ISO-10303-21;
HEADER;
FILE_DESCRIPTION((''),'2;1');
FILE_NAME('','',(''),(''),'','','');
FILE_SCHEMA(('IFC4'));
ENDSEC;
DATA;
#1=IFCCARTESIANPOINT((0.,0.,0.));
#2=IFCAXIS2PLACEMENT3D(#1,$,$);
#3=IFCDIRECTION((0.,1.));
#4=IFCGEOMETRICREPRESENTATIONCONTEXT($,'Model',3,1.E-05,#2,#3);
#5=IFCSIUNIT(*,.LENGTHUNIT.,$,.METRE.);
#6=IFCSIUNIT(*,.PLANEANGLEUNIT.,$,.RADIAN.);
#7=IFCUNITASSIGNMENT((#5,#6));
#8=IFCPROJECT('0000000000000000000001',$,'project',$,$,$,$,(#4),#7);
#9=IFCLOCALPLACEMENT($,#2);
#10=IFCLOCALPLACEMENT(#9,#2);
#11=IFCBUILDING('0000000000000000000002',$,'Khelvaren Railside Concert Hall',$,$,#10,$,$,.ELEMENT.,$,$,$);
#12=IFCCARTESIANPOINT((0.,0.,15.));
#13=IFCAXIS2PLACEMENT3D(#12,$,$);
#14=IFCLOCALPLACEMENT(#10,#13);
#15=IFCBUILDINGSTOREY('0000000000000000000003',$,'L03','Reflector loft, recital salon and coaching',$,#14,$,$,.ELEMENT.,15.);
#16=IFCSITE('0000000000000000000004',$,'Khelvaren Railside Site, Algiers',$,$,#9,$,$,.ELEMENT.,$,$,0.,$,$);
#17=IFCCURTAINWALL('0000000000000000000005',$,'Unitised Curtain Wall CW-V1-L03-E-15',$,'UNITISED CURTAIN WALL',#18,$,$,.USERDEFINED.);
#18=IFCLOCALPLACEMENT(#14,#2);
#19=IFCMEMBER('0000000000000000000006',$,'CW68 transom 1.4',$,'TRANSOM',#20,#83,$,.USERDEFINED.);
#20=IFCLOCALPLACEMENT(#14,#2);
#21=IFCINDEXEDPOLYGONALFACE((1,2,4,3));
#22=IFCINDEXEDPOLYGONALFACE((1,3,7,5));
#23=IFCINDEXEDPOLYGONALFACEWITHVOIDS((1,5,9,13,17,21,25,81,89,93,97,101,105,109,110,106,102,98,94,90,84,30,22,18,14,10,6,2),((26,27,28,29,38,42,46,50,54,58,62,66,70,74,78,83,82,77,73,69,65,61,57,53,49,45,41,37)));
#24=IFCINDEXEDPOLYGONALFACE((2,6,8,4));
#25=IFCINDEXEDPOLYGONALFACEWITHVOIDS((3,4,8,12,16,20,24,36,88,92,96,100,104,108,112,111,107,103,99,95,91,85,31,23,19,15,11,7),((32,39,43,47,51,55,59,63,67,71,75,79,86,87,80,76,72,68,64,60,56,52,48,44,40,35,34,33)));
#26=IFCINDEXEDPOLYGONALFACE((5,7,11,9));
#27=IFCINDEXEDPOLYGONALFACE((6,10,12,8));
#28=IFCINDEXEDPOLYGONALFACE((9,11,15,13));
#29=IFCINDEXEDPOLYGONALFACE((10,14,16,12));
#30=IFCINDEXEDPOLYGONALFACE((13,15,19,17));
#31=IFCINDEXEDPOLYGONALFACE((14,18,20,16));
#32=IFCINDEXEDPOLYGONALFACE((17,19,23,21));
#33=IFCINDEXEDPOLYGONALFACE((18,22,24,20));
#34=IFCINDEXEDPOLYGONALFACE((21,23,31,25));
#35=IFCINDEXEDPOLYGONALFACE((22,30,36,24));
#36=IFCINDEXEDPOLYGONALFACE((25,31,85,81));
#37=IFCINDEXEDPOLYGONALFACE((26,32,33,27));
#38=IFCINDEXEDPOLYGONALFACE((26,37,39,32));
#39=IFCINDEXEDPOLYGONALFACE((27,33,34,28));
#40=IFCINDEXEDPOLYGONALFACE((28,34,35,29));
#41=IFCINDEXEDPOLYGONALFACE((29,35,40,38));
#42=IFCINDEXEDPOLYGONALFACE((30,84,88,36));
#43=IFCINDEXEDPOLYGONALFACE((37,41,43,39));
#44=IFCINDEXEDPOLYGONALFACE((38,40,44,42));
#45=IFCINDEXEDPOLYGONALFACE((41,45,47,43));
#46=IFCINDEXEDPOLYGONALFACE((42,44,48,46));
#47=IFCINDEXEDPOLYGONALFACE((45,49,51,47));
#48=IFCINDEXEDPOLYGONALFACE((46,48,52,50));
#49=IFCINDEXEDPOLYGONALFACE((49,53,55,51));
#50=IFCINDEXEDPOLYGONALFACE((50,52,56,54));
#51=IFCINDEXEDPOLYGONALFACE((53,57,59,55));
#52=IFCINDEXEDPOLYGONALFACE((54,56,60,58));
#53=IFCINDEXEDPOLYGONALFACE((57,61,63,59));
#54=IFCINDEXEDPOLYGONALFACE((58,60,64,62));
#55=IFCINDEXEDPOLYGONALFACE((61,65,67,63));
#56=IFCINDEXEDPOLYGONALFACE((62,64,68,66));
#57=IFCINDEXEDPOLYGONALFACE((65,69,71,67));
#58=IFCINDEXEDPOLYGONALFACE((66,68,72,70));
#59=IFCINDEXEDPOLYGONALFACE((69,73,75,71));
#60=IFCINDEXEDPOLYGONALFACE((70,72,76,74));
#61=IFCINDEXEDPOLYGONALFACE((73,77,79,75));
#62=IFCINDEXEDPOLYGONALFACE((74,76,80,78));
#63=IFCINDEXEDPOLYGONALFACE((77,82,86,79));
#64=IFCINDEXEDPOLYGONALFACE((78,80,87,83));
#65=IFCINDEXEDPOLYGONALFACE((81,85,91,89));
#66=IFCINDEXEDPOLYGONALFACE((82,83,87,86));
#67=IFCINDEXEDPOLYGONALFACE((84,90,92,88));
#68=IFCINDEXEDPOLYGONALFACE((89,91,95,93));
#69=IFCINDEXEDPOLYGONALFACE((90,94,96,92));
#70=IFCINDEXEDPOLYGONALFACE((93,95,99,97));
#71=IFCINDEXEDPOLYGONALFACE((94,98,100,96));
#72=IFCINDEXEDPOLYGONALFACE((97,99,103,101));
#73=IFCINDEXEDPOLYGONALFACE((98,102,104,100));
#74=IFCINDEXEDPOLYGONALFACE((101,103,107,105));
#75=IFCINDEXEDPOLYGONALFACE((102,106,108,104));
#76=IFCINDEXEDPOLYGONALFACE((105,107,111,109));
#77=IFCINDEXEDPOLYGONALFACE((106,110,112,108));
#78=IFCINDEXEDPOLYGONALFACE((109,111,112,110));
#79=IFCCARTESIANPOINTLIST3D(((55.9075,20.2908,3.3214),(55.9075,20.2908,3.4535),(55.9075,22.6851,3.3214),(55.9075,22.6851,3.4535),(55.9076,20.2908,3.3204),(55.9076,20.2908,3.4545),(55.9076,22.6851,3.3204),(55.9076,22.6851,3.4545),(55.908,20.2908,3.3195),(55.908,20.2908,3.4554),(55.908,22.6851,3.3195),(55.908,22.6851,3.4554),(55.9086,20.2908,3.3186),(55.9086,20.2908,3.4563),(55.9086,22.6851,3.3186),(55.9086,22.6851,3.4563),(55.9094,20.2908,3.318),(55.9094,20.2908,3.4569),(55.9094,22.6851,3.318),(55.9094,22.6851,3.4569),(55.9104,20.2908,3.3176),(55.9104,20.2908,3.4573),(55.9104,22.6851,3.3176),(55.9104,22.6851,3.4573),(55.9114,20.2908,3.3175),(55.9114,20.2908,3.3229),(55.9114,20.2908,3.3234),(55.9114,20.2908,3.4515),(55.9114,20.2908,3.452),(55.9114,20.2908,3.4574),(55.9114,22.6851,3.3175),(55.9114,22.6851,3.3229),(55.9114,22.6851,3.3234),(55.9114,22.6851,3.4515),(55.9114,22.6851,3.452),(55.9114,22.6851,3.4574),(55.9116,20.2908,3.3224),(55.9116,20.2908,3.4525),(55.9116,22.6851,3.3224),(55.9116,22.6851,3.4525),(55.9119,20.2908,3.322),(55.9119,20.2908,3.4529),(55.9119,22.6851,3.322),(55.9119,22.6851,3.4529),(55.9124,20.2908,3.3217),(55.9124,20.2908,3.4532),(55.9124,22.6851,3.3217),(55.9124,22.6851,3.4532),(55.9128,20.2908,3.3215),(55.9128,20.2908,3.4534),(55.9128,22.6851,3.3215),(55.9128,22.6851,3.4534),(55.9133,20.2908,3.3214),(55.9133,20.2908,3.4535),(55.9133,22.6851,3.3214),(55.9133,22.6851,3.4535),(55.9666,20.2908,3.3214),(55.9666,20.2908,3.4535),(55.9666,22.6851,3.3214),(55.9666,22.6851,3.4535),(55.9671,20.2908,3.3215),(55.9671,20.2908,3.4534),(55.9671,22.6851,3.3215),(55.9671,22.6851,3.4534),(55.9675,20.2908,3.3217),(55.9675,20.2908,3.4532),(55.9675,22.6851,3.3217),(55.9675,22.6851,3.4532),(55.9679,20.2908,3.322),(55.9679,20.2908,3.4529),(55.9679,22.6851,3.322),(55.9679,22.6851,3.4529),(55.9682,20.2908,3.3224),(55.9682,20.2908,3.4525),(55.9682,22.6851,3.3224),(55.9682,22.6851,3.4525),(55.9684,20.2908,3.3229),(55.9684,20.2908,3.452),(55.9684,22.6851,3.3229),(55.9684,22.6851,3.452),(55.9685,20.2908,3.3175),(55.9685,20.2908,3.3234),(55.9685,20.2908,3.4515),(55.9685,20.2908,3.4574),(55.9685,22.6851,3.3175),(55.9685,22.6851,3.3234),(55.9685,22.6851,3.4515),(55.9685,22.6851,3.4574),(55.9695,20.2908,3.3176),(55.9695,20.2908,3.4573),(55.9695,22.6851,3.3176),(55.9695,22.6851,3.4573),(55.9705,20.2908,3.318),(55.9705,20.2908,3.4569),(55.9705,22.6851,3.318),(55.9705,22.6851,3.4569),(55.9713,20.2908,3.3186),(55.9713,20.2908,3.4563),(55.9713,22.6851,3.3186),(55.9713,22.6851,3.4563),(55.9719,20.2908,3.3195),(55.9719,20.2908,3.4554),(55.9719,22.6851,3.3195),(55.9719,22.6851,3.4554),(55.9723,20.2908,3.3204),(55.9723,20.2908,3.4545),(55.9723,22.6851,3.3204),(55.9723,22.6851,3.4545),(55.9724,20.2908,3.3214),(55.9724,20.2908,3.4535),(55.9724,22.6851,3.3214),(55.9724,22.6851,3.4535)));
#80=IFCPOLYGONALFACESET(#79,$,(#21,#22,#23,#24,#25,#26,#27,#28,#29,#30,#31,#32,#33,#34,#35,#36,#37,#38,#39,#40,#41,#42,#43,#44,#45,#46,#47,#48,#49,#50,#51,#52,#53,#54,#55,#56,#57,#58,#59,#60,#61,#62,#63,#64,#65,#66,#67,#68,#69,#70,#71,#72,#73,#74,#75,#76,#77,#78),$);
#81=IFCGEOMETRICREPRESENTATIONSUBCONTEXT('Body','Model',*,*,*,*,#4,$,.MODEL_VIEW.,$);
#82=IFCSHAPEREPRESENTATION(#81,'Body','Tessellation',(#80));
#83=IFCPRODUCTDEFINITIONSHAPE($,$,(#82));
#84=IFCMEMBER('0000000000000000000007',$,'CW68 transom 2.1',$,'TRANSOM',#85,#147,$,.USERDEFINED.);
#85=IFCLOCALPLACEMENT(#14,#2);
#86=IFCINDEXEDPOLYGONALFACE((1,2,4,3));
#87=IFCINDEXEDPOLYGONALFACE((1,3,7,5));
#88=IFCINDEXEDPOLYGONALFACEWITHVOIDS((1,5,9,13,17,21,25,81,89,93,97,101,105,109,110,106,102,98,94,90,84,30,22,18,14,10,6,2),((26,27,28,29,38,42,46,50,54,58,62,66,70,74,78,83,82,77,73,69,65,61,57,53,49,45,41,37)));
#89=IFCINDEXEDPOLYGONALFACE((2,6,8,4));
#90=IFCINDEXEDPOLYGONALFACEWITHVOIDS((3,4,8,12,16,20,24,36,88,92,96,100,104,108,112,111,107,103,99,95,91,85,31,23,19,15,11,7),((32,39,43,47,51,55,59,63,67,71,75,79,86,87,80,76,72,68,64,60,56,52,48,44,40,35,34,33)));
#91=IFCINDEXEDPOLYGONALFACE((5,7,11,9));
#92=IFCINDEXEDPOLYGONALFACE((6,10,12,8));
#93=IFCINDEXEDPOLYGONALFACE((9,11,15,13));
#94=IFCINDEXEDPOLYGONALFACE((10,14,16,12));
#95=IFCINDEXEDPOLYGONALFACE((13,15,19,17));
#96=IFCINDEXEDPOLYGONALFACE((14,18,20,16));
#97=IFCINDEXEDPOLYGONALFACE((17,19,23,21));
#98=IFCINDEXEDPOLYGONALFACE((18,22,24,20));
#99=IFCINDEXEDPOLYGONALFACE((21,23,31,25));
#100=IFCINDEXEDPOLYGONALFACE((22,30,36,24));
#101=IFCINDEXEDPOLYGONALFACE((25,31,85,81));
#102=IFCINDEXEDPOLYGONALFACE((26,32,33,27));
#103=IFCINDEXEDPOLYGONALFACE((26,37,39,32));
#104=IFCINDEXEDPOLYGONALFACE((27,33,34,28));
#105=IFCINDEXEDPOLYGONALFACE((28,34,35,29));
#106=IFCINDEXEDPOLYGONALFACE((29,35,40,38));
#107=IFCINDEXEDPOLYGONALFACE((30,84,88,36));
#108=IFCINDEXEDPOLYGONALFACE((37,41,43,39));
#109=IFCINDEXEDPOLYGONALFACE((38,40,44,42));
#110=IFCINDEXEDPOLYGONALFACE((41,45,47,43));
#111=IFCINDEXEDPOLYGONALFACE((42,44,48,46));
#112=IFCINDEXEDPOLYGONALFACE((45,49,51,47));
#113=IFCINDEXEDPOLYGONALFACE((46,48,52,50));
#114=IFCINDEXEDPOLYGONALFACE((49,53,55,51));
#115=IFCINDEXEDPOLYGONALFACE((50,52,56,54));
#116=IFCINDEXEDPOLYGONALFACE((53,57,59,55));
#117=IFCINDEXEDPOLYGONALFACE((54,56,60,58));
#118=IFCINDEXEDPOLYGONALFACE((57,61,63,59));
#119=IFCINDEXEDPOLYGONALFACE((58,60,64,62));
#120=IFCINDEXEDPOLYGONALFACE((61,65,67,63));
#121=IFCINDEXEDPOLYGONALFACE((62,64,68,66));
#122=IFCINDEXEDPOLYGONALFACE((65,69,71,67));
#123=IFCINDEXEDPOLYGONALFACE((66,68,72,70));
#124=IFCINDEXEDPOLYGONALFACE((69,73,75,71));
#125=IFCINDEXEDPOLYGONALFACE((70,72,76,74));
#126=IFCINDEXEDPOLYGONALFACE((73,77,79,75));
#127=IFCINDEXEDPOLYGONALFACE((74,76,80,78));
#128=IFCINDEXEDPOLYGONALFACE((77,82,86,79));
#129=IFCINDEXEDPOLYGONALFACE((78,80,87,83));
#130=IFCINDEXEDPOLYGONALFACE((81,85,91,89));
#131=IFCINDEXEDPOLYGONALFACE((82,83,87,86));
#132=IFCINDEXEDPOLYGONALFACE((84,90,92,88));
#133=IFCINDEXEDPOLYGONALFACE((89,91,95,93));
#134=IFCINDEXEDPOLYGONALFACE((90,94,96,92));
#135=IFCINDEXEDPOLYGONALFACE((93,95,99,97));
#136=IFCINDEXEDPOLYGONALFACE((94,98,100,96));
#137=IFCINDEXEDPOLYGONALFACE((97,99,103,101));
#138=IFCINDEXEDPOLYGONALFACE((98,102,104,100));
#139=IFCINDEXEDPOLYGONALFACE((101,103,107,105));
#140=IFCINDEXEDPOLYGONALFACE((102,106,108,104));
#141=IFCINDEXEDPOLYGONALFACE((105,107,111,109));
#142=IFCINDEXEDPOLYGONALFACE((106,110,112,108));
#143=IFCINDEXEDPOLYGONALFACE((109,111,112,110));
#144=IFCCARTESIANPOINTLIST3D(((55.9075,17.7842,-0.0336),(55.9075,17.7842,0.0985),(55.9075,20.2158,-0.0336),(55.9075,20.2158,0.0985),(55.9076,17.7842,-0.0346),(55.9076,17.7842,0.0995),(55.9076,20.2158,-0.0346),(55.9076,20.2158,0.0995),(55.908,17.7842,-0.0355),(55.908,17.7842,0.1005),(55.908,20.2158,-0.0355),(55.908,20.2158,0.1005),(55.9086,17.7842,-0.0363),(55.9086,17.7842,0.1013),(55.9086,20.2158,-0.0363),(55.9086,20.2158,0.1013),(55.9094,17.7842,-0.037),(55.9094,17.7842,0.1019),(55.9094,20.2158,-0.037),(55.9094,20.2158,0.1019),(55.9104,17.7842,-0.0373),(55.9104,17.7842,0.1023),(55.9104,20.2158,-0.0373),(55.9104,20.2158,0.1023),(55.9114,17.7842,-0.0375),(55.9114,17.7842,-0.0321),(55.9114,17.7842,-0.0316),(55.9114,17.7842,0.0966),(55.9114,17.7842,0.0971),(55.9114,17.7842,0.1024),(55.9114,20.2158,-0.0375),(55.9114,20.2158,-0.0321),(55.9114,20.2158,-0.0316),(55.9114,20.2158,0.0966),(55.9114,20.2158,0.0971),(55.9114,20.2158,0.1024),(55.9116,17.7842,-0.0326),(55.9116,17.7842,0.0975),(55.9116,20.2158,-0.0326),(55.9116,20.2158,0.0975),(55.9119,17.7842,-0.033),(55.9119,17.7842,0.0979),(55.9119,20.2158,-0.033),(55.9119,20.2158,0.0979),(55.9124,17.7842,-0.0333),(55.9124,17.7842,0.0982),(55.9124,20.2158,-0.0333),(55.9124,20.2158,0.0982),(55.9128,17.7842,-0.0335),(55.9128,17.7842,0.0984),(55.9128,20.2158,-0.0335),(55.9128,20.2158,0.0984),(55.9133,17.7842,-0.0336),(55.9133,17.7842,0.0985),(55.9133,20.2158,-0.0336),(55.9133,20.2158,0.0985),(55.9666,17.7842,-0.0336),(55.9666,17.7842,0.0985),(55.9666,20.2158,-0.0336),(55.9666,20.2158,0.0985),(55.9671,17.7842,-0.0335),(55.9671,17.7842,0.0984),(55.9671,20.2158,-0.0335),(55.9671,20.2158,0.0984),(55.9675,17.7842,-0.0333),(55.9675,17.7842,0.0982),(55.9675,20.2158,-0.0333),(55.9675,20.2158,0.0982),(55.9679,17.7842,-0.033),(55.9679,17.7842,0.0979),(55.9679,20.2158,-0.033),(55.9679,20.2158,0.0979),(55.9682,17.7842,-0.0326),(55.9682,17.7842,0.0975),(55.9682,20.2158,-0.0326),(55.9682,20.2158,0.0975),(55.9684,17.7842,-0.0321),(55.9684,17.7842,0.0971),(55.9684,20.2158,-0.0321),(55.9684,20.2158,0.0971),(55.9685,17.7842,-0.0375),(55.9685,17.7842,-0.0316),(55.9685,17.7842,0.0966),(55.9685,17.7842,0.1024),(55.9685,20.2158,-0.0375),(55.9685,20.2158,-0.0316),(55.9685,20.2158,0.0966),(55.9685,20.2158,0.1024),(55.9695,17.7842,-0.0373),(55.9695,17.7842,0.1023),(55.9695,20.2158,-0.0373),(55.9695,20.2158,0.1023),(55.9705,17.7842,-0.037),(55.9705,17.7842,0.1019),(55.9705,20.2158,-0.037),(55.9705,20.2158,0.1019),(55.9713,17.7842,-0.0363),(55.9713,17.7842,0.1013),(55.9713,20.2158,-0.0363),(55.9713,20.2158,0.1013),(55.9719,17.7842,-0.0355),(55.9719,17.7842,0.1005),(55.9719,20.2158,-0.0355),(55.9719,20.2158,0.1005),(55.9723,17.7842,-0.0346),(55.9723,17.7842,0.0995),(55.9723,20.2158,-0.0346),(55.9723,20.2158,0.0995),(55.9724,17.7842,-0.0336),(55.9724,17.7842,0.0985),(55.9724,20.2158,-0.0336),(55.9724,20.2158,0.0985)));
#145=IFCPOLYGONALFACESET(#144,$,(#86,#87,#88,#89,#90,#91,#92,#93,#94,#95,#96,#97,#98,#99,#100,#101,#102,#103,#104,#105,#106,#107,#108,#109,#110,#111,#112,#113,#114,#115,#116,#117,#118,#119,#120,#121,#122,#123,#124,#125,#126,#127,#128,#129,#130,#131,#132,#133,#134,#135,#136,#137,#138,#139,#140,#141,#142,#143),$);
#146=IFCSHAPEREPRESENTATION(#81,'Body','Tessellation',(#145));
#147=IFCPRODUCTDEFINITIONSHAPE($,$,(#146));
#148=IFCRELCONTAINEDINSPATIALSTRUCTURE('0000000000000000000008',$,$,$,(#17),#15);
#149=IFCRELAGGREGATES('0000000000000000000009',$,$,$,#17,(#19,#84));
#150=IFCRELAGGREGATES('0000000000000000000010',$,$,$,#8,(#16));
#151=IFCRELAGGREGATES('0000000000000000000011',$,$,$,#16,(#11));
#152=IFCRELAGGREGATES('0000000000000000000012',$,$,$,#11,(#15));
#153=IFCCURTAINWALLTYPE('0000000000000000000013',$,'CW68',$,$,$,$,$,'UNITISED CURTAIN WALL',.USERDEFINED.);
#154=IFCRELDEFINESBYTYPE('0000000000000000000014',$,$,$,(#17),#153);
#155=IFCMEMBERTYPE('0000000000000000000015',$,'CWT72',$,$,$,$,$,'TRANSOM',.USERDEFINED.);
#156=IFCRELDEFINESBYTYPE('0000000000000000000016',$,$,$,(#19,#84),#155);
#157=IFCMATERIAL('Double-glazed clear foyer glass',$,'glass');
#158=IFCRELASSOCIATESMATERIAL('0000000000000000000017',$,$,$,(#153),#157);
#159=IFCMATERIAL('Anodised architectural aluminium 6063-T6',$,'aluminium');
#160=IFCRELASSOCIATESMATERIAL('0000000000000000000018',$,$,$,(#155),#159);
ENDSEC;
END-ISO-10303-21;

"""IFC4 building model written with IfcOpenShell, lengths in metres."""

from ifc_helpers import new_model, si_unit, direction, frame, origin, origin_2d, place, context, subcontext, project, spatial, hollow_rectangle, extrude, material, material_profile, profile_set, type_object, element, aggregate, save


model = new_model("IFC4")

# Units and contexts
model_context = context("Model", 3, precision=1e-05, world=origin(), true_north=direction((0.0, 1.0)))
body_context = subcontext(model_context, "Body", "Model", "MODEL_VIEW")
ifc_project = project(units=[si_unit("LENGTHUNIT", "METRE"), si_unit("PLANEANGLEUNIT", "RADIAN")], contexts=[model_context])

# Site, building, storey
site_placement = place(None, origin())
site = spatial("IfcSite", under=ifc_project, at=site_placement, Name="Khelvaren Railside Site, Algiers", CompositionType="ELEMENT", RefElevation=0.0)
building_placement = place(site_placement, origin())
building = spatial("IfcBuilding", under=site, at=building_placement, Name="Khelvaren Railside Concert Hall", CompositionType="ELEMENT")
storey_placement = place(building_placement, frame((0.0, 0.0, 15.0)))
storey = spatial("IfcBuildingStorey", under=building, at=storey_placement, Name="L03", Description="Reflector loft, recital salon and coaching", CompositionType="ELEMENT", Elevation=15.0)

# Curtain wall
ifc_material_1 = material(Name="Double-glazed clear foyer glass", Category="glass")
curtain_wall_type_1 = type_object("IfcCurtainWallType", Name="CW68", ElementType="UNITISED CURTAIN WALL", PredefinedType="USERDEFINED", material=ifc_material_1)
curtain_wall_1_placement = place(storey_placement, origin())
curtain_wall_1 = element("IfcCurtainWall", 1, at=curtain_wall_1_placement, inside=storey, type_object=curtain_wall_type_1, Name="Unitised Curtain Wall CW-V1-L03-E-15", ObjectType="UNITISED CURTAIN WALL", PredefinedType="USERDEFINED")
ifc_material_2 = material(Name="Anodised architectural aluminium 6063-T6", Category="aluminium")

# Members
ifc_material_profile_1 = material_profile(ifc_material_2, hollow_rectangle(XDim=0.0649, YDim=0.1399, WallThickness=0.0039, InnerFilletRadius=0.002, OuterFilletRadius=0.0039, at=origin_2d()), Name="CWT 65x140x4")
ifc_profile_set_1 = profile_set([ifc_material_profile_1], Name="Anodised architectural aluminium 6063-T6")
member_type_1 = type_object("IfcMemberType", Name="CWT72", ElementType="TRANSOM", PredefinedType="USERDEFINED", material=ifc_profile_set_1)
member_1_placement = place(storey_placement, frame((55.9399, 22.6851, 3.3875), z_axis=(0.0, -1.0, 0.0), x_axis=(1.0, 0.0, 0.0)))
member_1 = element("IfcMember", 2, at=member_1_placement, type_object=member_type_1, Name="CW68 transom 1.4", ObjectType="TRANSOM", PredefinedType="USERDEFINED", context=body_context, shape_type="SweptSolid", body=[
    extrude(hollow_rectangle(XDim=0.0649, YDim=0.1399, WallThickness=0.0039, InnerFilletRadius=0.002, OuterFilletRadius=0.0039, at=origin_2d()), origin(), (0.0, 0.0, 1.0), 2.3943),
])
member_2_placement = place(storey_placement, frame((55.9399, 20.2158, 0.0325), z_axis=(0.0, -1.0, 0.0), x_axis=(1.0, 0.0, 0.0)))
member_2 = element("IfcMember", 3, at=member_2_placement, type_object=member_type_1, Name="CW68 transom 2.1", ObjectType="TRANSOM", PredefinedType="USERDEFINED", context=body_context, shape_type="SweptSolid", body=[
    extrude(hollow_rectangle(XDim=0.0649, YDim=0.1399, WallThickness=0.0039, InnerFilletRadius=0.002, OuterFilletRadius=0.0039, at=origin_2d()), origin(), (0.0, 0.0, 1.0), 2.4316),
])

aggregate(curtain_wall_1, [member_1, member_2])

save(model, "model.ifc")
